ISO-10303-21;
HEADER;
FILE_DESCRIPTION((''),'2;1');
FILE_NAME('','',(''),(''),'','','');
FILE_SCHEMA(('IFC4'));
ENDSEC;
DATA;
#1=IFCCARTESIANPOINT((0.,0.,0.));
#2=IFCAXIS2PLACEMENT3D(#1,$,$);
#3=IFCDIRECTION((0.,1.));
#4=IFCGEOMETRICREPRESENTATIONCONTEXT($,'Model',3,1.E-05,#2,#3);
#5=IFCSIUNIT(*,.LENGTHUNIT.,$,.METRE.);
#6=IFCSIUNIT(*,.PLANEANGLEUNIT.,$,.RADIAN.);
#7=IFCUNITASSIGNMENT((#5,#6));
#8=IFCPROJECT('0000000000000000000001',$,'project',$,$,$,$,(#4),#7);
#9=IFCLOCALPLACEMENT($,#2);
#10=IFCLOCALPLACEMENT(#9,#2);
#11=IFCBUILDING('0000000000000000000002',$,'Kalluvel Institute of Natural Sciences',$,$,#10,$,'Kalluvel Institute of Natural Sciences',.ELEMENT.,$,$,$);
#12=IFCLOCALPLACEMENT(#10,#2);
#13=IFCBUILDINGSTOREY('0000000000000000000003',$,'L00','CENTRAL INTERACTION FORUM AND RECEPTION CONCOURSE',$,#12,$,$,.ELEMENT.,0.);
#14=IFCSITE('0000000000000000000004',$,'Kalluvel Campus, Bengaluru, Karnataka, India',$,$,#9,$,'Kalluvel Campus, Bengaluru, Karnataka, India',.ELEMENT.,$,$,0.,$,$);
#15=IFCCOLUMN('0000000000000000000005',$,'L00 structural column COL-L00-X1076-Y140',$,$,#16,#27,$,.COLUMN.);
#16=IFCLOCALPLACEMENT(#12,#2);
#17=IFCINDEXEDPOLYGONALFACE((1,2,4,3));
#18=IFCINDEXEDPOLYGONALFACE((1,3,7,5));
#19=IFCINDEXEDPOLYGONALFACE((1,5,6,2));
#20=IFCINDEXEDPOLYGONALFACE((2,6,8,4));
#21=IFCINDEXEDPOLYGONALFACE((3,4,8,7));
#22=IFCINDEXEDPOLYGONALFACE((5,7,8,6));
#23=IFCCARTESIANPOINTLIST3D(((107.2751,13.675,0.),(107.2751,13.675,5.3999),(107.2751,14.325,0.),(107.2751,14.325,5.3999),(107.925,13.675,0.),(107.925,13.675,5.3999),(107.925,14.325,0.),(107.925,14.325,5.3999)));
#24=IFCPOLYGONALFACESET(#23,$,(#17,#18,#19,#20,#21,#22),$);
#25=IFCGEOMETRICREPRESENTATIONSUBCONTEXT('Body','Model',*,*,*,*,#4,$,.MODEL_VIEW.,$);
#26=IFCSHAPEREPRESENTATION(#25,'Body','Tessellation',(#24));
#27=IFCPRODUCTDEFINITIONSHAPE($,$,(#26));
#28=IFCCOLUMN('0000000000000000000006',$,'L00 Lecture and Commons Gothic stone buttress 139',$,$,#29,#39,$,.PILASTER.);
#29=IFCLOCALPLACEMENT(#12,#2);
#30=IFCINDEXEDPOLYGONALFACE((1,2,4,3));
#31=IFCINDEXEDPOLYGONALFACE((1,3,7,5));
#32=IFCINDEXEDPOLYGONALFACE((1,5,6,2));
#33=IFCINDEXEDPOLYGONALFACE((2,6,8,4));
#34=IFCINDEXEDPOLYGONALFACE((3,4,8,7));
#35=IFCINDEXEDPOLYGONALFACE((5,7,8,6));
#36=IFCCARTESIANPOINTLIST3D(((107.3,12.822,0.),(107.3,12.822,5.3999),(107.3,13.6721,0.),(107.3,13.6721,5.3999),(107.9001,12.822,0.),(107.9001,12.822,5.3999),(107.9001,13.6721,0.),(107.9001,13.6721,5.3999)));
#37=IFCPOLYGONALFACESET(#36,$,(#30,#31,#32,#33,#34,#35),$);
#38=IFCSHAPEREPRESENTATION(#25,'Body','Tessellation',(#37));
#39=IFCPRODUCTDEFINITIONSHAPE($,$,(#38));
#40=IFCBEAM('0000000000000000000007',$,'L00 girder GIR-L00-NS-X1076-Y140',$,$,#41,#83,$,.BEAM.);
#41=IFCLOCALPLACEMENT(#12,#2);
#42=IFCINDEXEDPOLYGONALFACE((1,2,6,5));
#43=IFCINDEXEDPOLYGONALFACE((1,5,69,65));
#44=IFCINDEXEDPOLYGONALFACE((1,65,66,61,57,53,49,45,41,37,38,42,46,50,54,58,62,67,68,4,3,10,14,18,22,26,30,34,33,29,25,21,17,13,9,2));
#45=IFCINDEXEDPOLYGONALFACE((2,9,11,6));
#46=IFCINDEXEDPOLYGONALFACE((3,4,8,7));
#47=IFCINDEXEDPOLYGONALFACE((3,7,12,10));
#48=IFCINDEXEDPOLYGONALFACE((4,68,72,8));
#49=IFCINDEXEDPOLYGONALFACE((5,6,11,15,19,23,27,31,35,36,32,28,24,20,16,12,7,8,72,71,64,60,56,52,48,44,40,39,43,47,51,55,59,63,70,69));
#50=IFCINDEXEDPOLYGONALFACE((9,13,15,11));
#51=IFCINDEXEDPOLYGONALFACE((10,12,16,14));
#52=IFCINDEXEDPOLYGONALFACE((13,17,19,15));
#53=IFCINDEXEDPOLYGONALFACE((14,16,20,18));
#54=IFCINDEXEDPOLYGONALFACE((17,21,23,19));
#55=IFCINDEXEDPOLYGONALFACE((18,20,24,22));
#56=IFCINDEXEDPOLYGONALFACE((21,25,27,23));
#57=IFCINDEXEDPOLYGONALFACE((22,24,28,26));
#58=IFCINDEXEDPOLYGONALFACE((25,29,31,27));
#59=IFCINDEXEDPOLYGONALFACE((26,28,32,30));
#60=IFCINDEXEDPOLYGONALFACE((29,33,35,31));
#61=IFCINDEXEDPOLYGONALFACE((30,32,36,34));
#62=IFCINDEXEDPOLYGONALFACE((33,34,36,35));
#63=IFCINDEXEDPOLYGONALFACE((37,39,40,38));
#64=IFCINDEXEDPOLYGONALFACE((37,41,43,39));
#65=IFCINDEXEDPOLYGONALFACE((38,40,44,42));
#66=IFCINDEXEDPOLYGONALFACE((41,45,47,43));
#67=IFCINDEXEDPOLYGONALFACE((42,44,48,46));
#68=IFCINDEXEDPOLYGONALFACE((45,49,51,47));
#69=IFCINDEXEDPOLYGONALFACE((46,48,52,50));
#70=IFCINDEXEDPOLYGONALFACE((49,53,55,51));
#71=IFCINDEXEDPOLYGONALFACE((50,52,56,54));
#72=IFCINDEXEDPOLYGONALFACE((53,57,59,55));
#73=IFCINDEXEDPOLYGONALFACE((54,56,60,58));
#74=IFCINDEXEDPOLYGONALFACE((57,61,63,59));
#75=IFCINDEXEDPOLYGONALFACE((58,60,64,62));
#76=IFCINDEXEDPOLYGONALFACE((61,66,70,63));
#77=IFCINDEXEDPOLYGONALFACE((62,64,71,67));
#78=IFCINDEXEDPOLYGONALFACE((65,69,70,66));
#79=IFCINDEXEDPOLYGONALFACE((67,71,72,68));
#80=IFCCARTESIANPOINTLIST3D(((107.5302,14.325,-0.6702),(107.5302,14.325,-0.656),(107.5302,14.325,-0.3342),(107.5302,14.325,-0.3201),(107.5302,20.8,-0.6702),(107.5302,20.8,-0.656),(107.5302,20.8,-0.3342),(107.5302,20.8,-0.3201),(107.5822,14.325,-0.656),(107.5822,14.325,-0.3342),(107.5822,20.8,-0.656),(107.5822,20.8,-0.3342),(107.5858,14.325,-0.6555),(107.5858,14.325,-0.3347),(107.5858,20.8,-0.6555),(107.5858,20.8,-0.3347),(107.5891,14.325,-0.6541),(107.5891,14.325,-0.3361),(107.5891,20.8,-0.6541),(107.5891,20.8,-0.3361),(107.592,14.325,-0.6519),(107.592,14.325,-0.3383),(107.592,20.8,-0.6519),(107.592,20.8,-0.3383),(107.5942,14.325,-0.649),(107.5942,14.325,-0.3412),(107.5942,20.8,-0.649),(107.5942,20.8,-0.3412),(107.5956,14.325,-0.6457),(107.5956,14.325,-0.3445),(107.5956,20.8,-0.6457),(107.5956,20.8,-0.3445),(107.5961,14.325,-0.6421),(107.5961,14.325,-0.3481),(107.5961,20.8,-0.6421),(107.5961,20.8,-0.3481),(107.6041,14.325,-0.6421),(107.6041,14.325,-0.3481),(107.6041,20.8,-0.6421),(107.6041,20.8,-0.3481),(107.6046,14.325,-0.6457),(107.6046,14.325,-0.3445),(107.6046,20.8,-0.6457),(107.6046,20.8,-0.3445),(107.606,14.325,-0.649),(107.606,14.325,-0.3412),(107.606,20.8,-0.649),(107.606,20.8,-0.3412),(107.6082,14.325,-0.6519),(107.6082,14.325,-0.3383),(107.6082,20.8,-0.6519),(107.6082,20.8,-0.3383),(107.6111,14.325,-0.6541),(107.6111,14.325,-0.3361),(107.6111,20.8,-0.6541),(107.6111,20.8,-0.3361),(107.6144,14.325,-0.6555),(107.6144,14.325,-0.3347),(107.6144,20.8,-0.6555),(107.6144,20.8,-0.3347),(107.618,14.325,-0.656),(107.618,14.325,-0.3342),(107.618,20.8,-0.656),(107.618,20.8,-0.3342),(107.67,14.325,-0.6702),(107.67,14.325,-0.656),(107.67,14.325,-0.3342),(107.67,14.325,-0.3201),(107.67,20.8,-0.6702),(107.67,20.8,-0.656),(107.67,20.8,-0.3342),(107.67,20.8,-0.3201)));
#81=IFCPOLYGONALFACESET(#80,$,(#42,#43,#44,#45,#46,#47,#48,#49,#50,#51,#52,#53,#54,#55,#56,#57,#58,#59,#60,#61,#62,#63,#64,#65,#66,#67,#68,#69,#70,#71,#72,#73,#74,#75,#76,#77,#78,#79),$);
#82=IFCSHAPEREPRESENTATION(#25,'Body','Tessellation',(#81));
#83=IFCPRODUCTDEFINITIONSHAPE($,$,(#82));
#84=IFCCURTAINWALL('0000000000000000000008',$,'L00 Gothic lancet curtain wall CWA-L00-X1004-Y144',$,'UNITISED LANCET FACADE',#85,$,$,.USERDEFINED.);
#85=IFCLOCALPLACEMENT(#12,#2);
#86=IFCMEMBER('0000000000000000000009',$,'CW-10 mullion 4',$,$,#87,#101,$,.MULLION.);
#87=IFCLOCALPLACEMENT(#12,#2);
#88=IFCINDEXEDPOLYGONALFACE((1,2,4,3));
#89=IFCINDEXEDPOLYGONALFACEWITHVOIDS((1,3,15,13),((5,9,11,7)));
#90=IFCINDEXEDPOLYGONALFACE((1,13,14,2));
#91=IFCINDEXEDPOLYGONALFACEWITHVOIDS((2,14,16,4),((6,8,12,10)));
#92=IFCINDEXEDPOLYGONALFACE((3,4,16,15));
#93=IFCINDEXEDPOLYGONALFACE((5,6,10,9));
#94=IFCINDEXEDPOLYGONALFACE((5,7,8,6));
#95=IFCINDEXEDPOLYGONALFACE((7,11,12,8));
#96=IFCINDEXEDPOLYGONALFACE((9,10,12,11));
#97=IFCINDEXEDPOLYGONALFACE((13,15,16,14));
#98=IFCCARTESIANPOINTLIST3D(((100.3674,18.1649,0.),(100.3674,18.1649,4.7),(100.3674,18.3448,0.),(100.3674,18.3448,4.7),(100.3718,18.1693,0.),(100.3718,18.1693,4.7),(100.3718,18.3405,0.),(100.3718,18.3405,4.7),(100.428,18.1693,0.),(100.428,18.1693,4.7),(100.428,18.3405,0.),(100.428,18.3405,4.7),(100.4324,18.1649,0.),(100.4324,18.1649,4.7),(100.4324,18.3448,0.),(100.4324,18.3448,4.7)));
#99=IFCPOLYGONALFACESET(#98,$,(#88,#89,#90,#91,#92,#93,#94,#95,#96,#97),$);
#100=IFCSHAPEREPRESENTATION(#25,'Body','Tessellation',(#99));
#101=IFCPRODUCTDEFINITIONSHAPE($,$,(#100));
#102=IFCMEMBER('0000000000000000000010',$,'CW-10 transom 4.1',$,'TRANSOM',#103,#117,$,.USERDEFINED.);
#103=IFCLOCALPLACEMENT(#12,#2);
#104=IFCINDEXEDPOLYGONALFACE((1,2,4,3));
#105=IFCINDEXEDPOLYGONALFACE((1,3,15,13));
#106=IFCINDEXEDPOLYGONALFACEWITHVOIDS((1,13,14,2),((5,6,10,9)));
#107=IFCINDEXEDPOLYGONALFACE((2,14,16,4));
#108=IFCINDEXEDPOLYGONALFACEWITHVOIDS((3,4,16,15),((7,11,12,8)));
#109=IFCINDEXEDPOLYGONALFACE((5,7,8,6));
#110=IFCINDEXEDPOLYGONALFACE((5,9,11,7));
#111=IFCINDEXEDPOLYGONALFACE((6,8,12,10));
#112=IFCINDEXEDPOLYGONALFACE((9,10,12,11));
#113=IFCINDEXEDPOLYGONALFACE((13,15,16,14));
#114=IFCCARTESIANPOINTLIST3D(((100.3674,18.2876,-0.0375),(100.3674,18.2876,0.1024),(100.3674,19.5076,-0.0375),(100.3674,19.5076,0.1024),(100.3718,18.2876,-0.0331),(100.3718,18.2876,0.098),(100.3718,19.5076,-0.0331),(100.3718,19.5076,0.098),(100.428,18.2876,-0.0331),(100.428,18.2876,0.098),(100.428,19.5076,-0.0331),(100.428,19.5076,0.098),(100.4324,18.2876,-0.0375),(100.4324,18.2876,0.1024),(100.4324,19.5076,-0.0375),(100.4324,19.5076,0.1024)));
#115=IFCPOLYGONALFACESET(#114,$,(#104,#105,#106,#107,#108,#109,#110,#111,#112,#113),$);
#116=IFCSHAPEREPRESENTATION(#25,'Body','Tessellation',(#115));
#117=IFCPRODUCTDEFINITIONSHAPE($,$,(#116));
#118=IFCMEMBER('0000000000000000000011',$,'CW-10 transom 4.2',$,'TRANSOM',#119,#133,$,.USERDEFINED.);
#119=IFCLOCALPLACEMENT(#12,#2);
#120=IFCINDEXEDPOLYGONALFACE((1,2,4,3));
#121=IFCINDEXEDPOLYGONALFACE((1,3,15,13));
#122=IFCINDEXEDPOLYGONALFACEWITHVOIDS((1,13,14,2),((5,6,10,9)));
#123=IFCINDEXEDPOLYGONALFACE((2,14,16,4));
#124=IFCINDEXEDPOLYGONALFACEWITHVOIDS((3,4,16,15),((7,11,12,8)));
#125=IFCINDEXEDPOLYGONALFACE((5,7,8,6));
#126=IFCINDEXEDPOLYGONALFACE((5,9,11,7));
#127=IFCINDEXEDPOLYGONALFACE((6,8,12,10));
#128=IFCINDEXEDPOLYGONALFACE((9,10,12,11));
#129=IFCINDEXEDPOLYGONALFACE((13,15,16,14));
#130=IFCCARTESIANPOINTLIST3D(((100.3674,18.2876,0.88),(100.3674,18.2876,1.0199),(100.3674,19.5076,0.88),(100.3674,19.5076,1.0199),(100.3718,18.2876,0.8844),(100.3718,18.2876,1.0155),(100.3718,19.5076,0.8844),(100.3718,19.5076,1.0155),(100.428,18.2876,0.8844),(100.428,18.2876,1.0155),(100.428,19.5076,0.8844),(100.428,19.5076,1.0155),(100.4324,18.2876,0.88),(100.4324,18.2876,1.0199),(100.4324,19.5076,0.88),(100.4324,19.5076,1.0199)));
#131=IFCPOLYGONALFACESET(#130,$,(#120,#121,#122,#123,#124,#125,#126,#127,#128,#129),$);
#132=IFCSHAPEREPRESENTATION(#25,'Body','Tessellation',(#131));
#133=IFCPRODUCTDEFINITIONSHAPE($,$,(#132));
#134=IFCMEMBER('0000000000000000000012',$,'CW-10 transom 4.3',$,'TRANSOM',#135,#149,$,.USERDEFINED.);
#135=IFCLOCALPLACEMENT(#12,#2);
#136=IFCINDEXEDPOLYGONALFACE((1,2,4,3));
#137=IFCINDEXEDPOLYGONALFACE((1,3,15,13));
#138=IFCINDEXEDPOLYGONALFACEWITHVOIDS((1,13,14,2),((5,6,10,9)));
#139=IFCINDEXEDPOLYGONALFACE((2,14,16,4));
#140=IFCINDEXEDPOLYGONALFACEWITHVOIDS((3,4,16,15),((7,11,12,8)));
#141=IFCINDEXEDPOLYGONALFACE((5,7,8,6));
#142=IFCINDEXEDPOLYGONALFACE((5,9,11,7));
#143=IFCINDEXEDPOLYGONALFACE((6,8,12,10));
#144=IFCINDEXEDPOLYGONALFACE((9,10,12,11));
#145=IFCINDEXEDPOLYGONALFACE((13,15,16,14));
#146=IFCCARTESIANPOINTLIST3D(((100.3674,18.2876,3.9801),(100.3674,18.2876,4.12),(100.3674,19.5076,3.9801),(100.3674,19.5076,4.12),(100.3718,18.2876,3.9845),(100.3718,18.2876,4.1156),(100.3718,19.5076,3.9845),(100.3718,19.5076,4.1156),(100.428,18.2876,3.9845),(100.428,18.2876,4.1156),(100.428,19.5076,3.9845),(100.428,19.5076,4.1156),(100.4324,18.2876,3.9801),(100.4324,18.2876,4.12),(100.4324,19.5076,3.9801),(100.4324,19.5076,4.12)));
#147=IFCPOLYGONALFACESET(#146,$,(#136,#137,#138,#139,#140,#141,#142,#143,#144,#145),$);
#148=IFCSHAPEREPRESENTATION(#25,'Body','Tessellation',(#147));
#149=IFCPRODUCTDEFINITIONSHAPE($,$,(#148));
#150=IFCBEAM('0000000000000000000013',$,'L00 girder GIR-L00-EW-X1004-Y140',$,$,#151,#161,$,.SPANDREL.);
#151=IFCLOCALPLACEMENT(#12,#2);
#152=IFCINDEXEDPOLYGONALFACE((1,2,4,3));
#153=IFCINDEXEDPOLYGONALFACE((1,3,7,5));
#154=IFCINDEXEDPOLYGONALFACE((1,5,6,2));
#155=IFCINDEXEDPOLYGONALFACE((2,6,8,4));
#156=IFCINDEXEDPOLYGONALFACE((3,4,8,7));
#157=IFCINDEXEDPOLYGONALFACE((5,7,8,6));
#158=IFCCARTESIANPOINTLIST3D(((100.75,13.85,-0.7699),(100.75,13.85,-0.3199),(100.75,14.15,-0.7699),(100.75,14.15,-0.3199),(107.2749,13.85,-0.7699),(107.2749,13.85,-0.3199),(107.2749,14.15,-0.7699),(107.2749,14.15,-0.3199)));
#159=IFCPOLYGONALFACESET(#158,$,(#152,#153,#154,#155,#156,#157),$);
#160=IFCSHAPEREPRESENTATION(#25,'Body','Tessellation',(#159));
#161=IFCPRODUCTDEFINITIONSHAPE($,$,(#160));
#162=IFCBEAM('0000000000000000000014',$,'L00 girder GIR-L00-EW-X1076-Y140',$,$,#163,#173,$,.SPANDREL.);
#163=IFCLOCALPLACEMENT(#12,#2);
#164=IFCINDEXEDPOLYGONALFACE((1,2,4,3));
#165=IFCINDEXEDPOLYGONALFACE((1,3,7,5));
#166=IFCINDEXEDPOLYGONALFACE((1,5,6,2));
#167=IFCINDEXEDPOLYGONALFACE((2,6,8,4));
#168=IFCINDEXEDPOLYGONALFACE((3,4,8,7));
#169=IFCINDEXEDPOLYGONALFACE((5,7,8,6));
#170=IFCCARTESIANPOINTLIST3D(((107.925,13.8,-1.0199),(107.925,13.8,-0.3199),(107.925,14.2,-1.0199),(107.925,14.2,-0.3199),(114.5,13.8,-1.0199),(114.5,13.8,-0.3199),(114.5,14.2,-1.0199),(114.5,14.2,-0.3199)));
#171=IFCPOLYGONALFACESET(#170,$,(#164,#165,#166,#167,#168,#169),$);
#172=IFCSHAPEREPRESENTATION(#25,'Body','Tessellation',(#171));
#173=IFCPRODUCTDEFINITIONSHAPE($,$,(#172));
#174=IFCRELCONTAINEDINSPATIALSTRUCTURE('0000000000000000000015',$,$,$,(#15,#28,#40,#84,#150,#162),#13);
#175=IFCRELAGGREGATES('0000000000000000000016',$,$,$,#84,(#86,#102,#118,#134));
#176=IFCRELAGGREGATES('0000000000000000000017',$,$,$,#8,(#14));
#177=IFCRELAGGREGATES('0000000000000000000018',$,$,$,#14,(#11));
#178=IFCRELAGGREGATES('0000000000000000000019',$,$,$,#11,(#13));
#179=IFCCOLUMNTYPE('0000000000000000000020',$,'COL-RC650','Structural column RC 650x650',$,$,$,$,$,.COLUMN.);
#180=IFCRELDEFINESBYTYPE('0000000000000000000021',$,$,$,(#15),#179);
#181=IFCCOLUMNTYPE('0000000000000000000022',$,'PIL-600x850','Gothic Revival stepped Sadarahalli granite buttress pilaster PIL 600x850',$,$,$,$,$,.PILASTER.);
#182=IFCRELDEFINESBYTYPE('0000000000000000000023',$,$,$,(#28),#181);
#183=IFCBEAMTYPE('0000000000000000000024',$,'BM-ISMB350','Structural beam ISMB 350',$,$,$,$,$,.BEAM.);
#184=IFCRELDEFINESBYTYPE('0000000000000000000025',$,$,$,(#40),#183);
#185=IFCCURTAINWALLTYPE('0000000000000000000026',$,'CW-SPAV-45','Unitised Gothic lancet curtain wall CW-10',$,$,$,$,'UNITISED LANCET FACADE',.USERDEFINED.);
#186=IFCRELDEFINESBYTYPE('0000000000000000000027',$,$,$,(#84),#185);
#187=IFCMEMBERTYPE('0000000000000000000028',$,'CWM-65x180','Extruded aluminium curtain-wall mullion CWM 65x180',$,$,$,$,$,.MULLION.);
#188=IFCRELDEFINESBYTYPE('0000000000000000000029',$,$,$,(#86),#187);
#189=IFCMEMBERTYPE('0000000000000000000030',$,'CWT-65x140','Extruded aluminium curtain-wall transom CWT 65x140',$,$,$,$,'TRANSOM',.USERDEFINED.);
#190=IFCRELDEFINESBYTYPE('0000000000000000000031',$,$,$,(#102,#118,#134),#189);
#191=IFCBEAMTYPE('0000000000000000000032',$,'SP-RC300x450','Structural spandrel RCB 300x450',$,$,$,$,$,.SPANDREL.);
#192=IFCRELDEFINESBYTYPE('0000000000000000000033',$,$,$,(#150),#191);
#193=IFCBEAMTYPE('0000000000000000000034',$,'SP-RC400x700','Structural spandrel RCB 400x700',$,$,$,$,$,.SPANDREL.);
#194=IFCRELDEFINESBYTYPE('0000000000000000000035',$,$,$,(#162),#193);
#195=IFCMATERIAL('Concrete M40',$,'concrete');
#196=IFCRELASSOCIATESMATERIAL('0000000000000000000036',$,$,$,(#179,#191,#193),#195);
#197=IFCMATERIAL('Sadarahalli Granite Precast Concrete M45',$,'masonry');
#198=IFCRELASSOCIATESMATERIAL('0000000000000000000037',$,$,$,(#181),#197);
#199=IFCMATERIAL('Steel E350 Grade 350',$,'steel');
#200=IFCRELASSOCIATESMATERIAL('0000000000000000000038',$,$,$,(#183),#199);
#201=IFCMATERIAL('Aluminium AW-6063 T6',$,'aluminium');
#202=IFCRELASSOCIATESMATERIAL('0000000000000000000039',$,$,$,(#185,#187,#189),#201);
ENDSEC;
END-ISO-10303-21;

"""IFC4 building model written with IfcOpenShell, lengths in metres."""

from ifc_helpers import new_model, si_unit, direction, frame, origin, origin_2d, place, context, subcontext, project, spatial, rectangle, hollow_rectangle, i_section, extrude, material, material_profile, profile_set, type_object, element, aggregate, save


model = new_model("IFC4")

# Units and contexts
model_context = context("Model", 3, precision=1e-05, world=origin(), true_north=direction((0.0, 1.0)))
body_context = subcontext(model_context, "Body", "Model", "MODEL_VIEW")
ifc_project = project(units=[si_unit("LENGTHUNIT", "METRE"), si_unit("PLANEANGLEUNIT", "RADIAN")], contexts=[model_context])

# Site, building, storey
site_placement = place(None, origin())
site = spatial("IfcSite", under=ifc_project, at=site_placement, Name="Kalluvel Campus, Bengaluru, Karnataka, India", LongName="Kalluvel Campus, Bengaluru, Karnataka, India", CompositionType="ELEMENT", RefElevation=0.0)
building_placement = place(site_placement, origin())
building = spatial("IfcBuilding", under=site, at=building_placement, Name="Kalluvel Institute of Natural Sciences", LongName="Kalluvel Institute of Natural Sciences", CompositionType="ELEMENT")
storey_placement = place(building_placement, origin())
storey = spatial("IfcBuildingStorey", under=building, at=storey_placement, Name="L00", Description="CENTRAL INTERACTION FORUM AND RECEPTION CONCOURSE", CompositionType="ELEMENT", Elevation=0.0)

# Columns
ifc_material_1 = material(Name="Concrete M40", Category="concrete")
ifc_material_profile_1 = material_profile(ifc_material_1, rectangle(XDim=0.6499, YDim=0.6499, at=origin_2d()), Name="RC 650x650")
ifc_profile_set_1 = profile_set([ifc_material_profile_1], Name="Concrete M40")
column_type_1 = type_object("IfcColumnType", Name="COL-RC650", Description="Structural column RC 650x650", PredefinedType="COLUMN", material=ifc_profile_set_1)
column_1_placement = place(storey_placement, frame((107.6001, 14.0, 0.0), z_axis=(0.0, 0.0, 1.0), x_axis=(1.0, 0.0, 0.0)))
element("IfcColumn", 1, at=column_1_placement, inside=storey, type_object=column_type_1, Name="L00 structural column COL-L00-X1076-Y140", PredefinedType="COLUMN", context=body_context, shape_type="SweptSolid", body=[
    extrude(rectangle(XDim=0.6499, YDim=0.6499, at=origin_2d()), origin(), (0.0, 0.0, 1.0), 5.3999),
])
ifc_material_2 = material(Name="Sadarahalli Granite Precast Concrete M45", Category="masonry")
ifc_material_profile_2 = material_profile(ifc_material_2, rectangle(XDim=0.6001, YDim=0.8501, at=origin_2d()), Name="PIL 600x850")
ifc_profile_set_2 = profile_set([ifc_material_profile_2], Name="Sadarahalli Granite Precast Concrete M45")
column_type_2 = type_object("IfcColumnType", Name="PIL-600x850", Description="Gothic Revival stepped Sadarahalli granite buttress pilaster PIL 600x850", PredefinedType="PILASTER", material=ifc_profile_set_2)
column_2_placement = place(storey_placement, frame((107.6001, 13.2471, 0.0), z_axis=(0.0, 0.0, 1.0), x_axis=(1.0, 0.0, 0.0)))
element("IfcColumn", 2, at=column_2_placement, inside=storey, type_object=column_type_2, Name="L00 Lecture and Commons Gothic stone buttress 139", PredefinedType="PILASTER", context=body_context, shape_type="SweptSolid", body=[
    extrude(rectangle(XDim=0.6001, YDim=0.8501, at=origin_2d()), origin(), (0.0, 0.0, 1.0), 5.3999),
])

# Beam
ifc_material_3 = material(Name="Steel E350 Grade 350", Category="steel")
ifc_material_profile_3 = material_profile(ifc_material_3, i_section(OverallWidth=0.1399, OverallDepth=0.3501, WebThickness=0.0081, FlangeThickness=0.0142, FilletRadius=0.0139, at=origin_2d()), Name="ISMB 350")
ifc_profile_set_3 = profile_set([ifc_material_profile_3], Name="Steel E350 Grade 350")
beam_type_1 = type_object("IfcBeamType", Name="BM-ISMB350", Description="Structural beam ISMB 350", PredefinedType="BEAM", material=ifc_profile_set_3)
beam_1_placement = place(storey_placement, frame((107.6001, 14.325, -0.4951), z_axis=(0.0, 1.0, 0.0), x_axis=(-1.0, 0.0, 0.0)))
element("IfcBeam", 3, at=beam_1_placement, inside=storey, type_object=beam_type_1, Name="L00 girder GIR-L00-NS-X1076-Y140", PredefinedType="BEAM", context=body_context, shape_type="SweptSolid", body=[
    extrude(i_section(OverallWidth=0.1399, OverallDepth=0.3501, WebThickness=0.0081, FlangeThickness=0.0142, FilletRadius=0.0139, at=origin_2d()), origin(), (0.0, 0.0, 1.0), 6.4751),
])

# Curtain wall, members
ifc_material_4 = material(Name="Aluminium AW-6063 T6", Category="aluminium")
curtain_wall_type = type_object("IfcCurtainWallType", Name="CW-SPAV-45", Description="Unitised Gothic lancet curtain wall CW-10", ElementType="UNITISED LANCET FACADE", PredefinedType="USERDEFINED", material=ifc_material_4)
curtain_wall_placement = place(storey_placement, origin())
curtain_wall = element("IfcCurtainWall", 4, at=curtain_wall_placement, inside=storey, type_object=curtain_wall_type, Name="L00 Gothic lancet curtain wall CWA-L00-X1004-Y144", ObjectType="UNITISED LANCET FACADE", PredefinedType="USERDEFINED")
ifc_material_profile_4 = material_profile(ifc_material_4, hollow_rectangle(XDim=0.0649, YDim=0.1799, WallThickness=0.0044, at=origin_2d()), Name="CWM 65x180")
ifc_profile_set_4 = profile_set([ifc_material_profile_4], Name="Aluminium AW-6063 T6")
member_type_1 = type_object("IfcMemberType", Name="CWM-65x180", Description="Extruded aluminium curtain-wall mullion CWM 65x180", PredefinedType="MULLION", material=ifc_profile_set_4)
member_1_placement = place(storey_placement, frame((100.3999, 18.2549, 0.0), z_axis=(0.0, 0.0, 1.0), x_axis=(-1.0, 0.0, 0.0)))
member_1 = element("IfcMember", 5, at=member_1_placement, type_object=member_type_1, Name="CW-10 mullion 4", PredefinedType="MULLION", context=body_context, shape_type="SweptSolid", body=[
    extrude(hollow_rectangle(XDim=0.0649, YDim=0.1799, WallThickness=0.0044, at=origin_2d()), origin(), (0.0, 0.0, 1.0), 4.7),
])
ifc_material_profile_5 = material_profile(ifc_material_4, hollow_rectangle(XDim=0.0649, YDim=0.1399, WallThickness=0.0044, at=origin_2d()), Name="CWT 65x140")
ifc_profile_set_5 = profile_set([ifc_material_profile_5], Name="Aluminium AW-6063 T6")
member_type_2 = type_object("IfcMemberType", Name="CWT-65x140", Description="Extruded aluminium curtain-wall transom CWT 65x140", ElementType="TRANSOM", PredefinedType="USERDEFINED", material=ifc_profile_set_5)
member_2_placement = place(storey_placement, frame((100.3999, 18.2876, 0.0325), z_axis=(0.0, 1.0, 0.0), x_axis=(-1.0, 0.0, 0.0)))
member_2 = element("IfcMember", 6, at=member_2_placement, type_object=member_type_2, Name="CW-10 transom 4.1", ObjectType="TRANSOM", PredefinedType="USERDEFINED", context=body_context, shape_type="SweptSolid", body=[
    extrude(hollow_rectangle(XDim=0.0649, YDim=0.1399, WallThickness=0.0044, at=origin_2d()), origin(), (0.0, 0.0, 1.0), 1.22),
])
member_3_placement = place(storey_placement, frame((100.3999, 18.2876, 0.95), z_axis=(0.0, 1.0, 0.0), x_axis=(-1.0, 0.0, 0.0)))
member_3 = element("IfcMember", 7, at=member_3_placement, type_object=member_type_2, Name="CW-10 transom 4.2", ObjectType="TRANSOM", PredefinedType="USERDEFINED", context=body_context, shape_type="SweptSolid", body=[
    extrude(hollow_rectangle(XDim=0.0649, YDim=0.1399, WallThickness=0.0044, at=origin_2d()), origin(), (0.0, 0.0, 1.0), 1.22),
])
member_4_placement = place(storey_placement, frame((100.3999, 18.2876, 4.05), z_axis=(0.0, 1.0, 0.0), x_axis=(-1.0, 0.0, 0.0)))
member_4 = element("IfcMember", 8, at=member_4_placement, type_object=member_type_2, Name="CW-10 transom 4.3", ObjectType="TRANSOM", PredefinedType="USERDEFINED", context=body_context, shape_type="SweptSolid", body=[
    extrude(hollow_rectangle(XDim=0.0649, YDim=0.1399, WallThickness=0.0044, at=origin_2d()), origin(), (0.0, 0.0, 1.0), 1.22),
])

# Beams
ifc_material_profile_6 = material_profile(ifc_material_1, rectangle(XDim=0.3, YDim=0.45, at=origin_2d()), Name="RCB 300x450")
ifc_profile_set_6 = profile_set([ifc_material_profile_6], Name="Concrete M40")
beam_type_2 = type_object("IfcBeamType", Name="SP-RC300x450", Description="Structural spandrel RCB 300x450", PredefinedType="SPANDREL", material=ifc_profile_set_6)
beam_2_placement = place(storey_placement, frame((100.75, 14.0, -0.5449), z_axis=(1.0, 0.0, 0.0), x_axis=(0.0, 1.0, 0.0)))
element("IfcBeam", 9, at=beam_2_placement, inside=storey, type_object=beam_type_2, Name="L00 girder GIR-L00-EW-X1004-Y140", PredefinedType="SPANDREL", context=body_context, shape_type="SweptSolid", body=[
    extrude(rectangle(XDim=0.3, YDim=0.45, at=origin_2d()), origin(), (0.0, 0.0, 1.0), 6.5249),
])
ifc_material_profile_7 = material_profile(ifc_material_1, rectangle(XDim=0.3999, YDim=0.7, at=origin_2d()), Name="RCB 400x700")
ifc_profile_set_7 = profile_set([ifc_material_profile_7], Name="Concrete M40")
beam_type_3 = type_object("IfcBeamType", Name="SP-RC400x700", Description="Structural spandrel RCB 400x700", PredefinedType="SPANDREL", material=ifc_profile_set_7)
beam_3_placement = place(storey_placement, frame((107.925, 14.0, -0.6699), z_axis=(1.0, 0.0, 0.0), x_axis=(0.0, 1.0, 0.0)))
element("IfcBeam", 10, at=beam_3_placement, inside=storey, type_object=beam_type_3, Name="L00 girder GIR-L00-EW-X1076-Y140", PredefinedType="SPANDREL", context=body_context, shape_type="SweptSolid", body=[
    extrude(rectangle(XDim=0.3999, YDim=0.7, at=origin_2d()), origin(), (0.0, 0.0, 1.0), 6.575),
])

aggregate(curtain_wall, [member_1, member_2, member_3, member_4])

save(model, "model.ifc")
